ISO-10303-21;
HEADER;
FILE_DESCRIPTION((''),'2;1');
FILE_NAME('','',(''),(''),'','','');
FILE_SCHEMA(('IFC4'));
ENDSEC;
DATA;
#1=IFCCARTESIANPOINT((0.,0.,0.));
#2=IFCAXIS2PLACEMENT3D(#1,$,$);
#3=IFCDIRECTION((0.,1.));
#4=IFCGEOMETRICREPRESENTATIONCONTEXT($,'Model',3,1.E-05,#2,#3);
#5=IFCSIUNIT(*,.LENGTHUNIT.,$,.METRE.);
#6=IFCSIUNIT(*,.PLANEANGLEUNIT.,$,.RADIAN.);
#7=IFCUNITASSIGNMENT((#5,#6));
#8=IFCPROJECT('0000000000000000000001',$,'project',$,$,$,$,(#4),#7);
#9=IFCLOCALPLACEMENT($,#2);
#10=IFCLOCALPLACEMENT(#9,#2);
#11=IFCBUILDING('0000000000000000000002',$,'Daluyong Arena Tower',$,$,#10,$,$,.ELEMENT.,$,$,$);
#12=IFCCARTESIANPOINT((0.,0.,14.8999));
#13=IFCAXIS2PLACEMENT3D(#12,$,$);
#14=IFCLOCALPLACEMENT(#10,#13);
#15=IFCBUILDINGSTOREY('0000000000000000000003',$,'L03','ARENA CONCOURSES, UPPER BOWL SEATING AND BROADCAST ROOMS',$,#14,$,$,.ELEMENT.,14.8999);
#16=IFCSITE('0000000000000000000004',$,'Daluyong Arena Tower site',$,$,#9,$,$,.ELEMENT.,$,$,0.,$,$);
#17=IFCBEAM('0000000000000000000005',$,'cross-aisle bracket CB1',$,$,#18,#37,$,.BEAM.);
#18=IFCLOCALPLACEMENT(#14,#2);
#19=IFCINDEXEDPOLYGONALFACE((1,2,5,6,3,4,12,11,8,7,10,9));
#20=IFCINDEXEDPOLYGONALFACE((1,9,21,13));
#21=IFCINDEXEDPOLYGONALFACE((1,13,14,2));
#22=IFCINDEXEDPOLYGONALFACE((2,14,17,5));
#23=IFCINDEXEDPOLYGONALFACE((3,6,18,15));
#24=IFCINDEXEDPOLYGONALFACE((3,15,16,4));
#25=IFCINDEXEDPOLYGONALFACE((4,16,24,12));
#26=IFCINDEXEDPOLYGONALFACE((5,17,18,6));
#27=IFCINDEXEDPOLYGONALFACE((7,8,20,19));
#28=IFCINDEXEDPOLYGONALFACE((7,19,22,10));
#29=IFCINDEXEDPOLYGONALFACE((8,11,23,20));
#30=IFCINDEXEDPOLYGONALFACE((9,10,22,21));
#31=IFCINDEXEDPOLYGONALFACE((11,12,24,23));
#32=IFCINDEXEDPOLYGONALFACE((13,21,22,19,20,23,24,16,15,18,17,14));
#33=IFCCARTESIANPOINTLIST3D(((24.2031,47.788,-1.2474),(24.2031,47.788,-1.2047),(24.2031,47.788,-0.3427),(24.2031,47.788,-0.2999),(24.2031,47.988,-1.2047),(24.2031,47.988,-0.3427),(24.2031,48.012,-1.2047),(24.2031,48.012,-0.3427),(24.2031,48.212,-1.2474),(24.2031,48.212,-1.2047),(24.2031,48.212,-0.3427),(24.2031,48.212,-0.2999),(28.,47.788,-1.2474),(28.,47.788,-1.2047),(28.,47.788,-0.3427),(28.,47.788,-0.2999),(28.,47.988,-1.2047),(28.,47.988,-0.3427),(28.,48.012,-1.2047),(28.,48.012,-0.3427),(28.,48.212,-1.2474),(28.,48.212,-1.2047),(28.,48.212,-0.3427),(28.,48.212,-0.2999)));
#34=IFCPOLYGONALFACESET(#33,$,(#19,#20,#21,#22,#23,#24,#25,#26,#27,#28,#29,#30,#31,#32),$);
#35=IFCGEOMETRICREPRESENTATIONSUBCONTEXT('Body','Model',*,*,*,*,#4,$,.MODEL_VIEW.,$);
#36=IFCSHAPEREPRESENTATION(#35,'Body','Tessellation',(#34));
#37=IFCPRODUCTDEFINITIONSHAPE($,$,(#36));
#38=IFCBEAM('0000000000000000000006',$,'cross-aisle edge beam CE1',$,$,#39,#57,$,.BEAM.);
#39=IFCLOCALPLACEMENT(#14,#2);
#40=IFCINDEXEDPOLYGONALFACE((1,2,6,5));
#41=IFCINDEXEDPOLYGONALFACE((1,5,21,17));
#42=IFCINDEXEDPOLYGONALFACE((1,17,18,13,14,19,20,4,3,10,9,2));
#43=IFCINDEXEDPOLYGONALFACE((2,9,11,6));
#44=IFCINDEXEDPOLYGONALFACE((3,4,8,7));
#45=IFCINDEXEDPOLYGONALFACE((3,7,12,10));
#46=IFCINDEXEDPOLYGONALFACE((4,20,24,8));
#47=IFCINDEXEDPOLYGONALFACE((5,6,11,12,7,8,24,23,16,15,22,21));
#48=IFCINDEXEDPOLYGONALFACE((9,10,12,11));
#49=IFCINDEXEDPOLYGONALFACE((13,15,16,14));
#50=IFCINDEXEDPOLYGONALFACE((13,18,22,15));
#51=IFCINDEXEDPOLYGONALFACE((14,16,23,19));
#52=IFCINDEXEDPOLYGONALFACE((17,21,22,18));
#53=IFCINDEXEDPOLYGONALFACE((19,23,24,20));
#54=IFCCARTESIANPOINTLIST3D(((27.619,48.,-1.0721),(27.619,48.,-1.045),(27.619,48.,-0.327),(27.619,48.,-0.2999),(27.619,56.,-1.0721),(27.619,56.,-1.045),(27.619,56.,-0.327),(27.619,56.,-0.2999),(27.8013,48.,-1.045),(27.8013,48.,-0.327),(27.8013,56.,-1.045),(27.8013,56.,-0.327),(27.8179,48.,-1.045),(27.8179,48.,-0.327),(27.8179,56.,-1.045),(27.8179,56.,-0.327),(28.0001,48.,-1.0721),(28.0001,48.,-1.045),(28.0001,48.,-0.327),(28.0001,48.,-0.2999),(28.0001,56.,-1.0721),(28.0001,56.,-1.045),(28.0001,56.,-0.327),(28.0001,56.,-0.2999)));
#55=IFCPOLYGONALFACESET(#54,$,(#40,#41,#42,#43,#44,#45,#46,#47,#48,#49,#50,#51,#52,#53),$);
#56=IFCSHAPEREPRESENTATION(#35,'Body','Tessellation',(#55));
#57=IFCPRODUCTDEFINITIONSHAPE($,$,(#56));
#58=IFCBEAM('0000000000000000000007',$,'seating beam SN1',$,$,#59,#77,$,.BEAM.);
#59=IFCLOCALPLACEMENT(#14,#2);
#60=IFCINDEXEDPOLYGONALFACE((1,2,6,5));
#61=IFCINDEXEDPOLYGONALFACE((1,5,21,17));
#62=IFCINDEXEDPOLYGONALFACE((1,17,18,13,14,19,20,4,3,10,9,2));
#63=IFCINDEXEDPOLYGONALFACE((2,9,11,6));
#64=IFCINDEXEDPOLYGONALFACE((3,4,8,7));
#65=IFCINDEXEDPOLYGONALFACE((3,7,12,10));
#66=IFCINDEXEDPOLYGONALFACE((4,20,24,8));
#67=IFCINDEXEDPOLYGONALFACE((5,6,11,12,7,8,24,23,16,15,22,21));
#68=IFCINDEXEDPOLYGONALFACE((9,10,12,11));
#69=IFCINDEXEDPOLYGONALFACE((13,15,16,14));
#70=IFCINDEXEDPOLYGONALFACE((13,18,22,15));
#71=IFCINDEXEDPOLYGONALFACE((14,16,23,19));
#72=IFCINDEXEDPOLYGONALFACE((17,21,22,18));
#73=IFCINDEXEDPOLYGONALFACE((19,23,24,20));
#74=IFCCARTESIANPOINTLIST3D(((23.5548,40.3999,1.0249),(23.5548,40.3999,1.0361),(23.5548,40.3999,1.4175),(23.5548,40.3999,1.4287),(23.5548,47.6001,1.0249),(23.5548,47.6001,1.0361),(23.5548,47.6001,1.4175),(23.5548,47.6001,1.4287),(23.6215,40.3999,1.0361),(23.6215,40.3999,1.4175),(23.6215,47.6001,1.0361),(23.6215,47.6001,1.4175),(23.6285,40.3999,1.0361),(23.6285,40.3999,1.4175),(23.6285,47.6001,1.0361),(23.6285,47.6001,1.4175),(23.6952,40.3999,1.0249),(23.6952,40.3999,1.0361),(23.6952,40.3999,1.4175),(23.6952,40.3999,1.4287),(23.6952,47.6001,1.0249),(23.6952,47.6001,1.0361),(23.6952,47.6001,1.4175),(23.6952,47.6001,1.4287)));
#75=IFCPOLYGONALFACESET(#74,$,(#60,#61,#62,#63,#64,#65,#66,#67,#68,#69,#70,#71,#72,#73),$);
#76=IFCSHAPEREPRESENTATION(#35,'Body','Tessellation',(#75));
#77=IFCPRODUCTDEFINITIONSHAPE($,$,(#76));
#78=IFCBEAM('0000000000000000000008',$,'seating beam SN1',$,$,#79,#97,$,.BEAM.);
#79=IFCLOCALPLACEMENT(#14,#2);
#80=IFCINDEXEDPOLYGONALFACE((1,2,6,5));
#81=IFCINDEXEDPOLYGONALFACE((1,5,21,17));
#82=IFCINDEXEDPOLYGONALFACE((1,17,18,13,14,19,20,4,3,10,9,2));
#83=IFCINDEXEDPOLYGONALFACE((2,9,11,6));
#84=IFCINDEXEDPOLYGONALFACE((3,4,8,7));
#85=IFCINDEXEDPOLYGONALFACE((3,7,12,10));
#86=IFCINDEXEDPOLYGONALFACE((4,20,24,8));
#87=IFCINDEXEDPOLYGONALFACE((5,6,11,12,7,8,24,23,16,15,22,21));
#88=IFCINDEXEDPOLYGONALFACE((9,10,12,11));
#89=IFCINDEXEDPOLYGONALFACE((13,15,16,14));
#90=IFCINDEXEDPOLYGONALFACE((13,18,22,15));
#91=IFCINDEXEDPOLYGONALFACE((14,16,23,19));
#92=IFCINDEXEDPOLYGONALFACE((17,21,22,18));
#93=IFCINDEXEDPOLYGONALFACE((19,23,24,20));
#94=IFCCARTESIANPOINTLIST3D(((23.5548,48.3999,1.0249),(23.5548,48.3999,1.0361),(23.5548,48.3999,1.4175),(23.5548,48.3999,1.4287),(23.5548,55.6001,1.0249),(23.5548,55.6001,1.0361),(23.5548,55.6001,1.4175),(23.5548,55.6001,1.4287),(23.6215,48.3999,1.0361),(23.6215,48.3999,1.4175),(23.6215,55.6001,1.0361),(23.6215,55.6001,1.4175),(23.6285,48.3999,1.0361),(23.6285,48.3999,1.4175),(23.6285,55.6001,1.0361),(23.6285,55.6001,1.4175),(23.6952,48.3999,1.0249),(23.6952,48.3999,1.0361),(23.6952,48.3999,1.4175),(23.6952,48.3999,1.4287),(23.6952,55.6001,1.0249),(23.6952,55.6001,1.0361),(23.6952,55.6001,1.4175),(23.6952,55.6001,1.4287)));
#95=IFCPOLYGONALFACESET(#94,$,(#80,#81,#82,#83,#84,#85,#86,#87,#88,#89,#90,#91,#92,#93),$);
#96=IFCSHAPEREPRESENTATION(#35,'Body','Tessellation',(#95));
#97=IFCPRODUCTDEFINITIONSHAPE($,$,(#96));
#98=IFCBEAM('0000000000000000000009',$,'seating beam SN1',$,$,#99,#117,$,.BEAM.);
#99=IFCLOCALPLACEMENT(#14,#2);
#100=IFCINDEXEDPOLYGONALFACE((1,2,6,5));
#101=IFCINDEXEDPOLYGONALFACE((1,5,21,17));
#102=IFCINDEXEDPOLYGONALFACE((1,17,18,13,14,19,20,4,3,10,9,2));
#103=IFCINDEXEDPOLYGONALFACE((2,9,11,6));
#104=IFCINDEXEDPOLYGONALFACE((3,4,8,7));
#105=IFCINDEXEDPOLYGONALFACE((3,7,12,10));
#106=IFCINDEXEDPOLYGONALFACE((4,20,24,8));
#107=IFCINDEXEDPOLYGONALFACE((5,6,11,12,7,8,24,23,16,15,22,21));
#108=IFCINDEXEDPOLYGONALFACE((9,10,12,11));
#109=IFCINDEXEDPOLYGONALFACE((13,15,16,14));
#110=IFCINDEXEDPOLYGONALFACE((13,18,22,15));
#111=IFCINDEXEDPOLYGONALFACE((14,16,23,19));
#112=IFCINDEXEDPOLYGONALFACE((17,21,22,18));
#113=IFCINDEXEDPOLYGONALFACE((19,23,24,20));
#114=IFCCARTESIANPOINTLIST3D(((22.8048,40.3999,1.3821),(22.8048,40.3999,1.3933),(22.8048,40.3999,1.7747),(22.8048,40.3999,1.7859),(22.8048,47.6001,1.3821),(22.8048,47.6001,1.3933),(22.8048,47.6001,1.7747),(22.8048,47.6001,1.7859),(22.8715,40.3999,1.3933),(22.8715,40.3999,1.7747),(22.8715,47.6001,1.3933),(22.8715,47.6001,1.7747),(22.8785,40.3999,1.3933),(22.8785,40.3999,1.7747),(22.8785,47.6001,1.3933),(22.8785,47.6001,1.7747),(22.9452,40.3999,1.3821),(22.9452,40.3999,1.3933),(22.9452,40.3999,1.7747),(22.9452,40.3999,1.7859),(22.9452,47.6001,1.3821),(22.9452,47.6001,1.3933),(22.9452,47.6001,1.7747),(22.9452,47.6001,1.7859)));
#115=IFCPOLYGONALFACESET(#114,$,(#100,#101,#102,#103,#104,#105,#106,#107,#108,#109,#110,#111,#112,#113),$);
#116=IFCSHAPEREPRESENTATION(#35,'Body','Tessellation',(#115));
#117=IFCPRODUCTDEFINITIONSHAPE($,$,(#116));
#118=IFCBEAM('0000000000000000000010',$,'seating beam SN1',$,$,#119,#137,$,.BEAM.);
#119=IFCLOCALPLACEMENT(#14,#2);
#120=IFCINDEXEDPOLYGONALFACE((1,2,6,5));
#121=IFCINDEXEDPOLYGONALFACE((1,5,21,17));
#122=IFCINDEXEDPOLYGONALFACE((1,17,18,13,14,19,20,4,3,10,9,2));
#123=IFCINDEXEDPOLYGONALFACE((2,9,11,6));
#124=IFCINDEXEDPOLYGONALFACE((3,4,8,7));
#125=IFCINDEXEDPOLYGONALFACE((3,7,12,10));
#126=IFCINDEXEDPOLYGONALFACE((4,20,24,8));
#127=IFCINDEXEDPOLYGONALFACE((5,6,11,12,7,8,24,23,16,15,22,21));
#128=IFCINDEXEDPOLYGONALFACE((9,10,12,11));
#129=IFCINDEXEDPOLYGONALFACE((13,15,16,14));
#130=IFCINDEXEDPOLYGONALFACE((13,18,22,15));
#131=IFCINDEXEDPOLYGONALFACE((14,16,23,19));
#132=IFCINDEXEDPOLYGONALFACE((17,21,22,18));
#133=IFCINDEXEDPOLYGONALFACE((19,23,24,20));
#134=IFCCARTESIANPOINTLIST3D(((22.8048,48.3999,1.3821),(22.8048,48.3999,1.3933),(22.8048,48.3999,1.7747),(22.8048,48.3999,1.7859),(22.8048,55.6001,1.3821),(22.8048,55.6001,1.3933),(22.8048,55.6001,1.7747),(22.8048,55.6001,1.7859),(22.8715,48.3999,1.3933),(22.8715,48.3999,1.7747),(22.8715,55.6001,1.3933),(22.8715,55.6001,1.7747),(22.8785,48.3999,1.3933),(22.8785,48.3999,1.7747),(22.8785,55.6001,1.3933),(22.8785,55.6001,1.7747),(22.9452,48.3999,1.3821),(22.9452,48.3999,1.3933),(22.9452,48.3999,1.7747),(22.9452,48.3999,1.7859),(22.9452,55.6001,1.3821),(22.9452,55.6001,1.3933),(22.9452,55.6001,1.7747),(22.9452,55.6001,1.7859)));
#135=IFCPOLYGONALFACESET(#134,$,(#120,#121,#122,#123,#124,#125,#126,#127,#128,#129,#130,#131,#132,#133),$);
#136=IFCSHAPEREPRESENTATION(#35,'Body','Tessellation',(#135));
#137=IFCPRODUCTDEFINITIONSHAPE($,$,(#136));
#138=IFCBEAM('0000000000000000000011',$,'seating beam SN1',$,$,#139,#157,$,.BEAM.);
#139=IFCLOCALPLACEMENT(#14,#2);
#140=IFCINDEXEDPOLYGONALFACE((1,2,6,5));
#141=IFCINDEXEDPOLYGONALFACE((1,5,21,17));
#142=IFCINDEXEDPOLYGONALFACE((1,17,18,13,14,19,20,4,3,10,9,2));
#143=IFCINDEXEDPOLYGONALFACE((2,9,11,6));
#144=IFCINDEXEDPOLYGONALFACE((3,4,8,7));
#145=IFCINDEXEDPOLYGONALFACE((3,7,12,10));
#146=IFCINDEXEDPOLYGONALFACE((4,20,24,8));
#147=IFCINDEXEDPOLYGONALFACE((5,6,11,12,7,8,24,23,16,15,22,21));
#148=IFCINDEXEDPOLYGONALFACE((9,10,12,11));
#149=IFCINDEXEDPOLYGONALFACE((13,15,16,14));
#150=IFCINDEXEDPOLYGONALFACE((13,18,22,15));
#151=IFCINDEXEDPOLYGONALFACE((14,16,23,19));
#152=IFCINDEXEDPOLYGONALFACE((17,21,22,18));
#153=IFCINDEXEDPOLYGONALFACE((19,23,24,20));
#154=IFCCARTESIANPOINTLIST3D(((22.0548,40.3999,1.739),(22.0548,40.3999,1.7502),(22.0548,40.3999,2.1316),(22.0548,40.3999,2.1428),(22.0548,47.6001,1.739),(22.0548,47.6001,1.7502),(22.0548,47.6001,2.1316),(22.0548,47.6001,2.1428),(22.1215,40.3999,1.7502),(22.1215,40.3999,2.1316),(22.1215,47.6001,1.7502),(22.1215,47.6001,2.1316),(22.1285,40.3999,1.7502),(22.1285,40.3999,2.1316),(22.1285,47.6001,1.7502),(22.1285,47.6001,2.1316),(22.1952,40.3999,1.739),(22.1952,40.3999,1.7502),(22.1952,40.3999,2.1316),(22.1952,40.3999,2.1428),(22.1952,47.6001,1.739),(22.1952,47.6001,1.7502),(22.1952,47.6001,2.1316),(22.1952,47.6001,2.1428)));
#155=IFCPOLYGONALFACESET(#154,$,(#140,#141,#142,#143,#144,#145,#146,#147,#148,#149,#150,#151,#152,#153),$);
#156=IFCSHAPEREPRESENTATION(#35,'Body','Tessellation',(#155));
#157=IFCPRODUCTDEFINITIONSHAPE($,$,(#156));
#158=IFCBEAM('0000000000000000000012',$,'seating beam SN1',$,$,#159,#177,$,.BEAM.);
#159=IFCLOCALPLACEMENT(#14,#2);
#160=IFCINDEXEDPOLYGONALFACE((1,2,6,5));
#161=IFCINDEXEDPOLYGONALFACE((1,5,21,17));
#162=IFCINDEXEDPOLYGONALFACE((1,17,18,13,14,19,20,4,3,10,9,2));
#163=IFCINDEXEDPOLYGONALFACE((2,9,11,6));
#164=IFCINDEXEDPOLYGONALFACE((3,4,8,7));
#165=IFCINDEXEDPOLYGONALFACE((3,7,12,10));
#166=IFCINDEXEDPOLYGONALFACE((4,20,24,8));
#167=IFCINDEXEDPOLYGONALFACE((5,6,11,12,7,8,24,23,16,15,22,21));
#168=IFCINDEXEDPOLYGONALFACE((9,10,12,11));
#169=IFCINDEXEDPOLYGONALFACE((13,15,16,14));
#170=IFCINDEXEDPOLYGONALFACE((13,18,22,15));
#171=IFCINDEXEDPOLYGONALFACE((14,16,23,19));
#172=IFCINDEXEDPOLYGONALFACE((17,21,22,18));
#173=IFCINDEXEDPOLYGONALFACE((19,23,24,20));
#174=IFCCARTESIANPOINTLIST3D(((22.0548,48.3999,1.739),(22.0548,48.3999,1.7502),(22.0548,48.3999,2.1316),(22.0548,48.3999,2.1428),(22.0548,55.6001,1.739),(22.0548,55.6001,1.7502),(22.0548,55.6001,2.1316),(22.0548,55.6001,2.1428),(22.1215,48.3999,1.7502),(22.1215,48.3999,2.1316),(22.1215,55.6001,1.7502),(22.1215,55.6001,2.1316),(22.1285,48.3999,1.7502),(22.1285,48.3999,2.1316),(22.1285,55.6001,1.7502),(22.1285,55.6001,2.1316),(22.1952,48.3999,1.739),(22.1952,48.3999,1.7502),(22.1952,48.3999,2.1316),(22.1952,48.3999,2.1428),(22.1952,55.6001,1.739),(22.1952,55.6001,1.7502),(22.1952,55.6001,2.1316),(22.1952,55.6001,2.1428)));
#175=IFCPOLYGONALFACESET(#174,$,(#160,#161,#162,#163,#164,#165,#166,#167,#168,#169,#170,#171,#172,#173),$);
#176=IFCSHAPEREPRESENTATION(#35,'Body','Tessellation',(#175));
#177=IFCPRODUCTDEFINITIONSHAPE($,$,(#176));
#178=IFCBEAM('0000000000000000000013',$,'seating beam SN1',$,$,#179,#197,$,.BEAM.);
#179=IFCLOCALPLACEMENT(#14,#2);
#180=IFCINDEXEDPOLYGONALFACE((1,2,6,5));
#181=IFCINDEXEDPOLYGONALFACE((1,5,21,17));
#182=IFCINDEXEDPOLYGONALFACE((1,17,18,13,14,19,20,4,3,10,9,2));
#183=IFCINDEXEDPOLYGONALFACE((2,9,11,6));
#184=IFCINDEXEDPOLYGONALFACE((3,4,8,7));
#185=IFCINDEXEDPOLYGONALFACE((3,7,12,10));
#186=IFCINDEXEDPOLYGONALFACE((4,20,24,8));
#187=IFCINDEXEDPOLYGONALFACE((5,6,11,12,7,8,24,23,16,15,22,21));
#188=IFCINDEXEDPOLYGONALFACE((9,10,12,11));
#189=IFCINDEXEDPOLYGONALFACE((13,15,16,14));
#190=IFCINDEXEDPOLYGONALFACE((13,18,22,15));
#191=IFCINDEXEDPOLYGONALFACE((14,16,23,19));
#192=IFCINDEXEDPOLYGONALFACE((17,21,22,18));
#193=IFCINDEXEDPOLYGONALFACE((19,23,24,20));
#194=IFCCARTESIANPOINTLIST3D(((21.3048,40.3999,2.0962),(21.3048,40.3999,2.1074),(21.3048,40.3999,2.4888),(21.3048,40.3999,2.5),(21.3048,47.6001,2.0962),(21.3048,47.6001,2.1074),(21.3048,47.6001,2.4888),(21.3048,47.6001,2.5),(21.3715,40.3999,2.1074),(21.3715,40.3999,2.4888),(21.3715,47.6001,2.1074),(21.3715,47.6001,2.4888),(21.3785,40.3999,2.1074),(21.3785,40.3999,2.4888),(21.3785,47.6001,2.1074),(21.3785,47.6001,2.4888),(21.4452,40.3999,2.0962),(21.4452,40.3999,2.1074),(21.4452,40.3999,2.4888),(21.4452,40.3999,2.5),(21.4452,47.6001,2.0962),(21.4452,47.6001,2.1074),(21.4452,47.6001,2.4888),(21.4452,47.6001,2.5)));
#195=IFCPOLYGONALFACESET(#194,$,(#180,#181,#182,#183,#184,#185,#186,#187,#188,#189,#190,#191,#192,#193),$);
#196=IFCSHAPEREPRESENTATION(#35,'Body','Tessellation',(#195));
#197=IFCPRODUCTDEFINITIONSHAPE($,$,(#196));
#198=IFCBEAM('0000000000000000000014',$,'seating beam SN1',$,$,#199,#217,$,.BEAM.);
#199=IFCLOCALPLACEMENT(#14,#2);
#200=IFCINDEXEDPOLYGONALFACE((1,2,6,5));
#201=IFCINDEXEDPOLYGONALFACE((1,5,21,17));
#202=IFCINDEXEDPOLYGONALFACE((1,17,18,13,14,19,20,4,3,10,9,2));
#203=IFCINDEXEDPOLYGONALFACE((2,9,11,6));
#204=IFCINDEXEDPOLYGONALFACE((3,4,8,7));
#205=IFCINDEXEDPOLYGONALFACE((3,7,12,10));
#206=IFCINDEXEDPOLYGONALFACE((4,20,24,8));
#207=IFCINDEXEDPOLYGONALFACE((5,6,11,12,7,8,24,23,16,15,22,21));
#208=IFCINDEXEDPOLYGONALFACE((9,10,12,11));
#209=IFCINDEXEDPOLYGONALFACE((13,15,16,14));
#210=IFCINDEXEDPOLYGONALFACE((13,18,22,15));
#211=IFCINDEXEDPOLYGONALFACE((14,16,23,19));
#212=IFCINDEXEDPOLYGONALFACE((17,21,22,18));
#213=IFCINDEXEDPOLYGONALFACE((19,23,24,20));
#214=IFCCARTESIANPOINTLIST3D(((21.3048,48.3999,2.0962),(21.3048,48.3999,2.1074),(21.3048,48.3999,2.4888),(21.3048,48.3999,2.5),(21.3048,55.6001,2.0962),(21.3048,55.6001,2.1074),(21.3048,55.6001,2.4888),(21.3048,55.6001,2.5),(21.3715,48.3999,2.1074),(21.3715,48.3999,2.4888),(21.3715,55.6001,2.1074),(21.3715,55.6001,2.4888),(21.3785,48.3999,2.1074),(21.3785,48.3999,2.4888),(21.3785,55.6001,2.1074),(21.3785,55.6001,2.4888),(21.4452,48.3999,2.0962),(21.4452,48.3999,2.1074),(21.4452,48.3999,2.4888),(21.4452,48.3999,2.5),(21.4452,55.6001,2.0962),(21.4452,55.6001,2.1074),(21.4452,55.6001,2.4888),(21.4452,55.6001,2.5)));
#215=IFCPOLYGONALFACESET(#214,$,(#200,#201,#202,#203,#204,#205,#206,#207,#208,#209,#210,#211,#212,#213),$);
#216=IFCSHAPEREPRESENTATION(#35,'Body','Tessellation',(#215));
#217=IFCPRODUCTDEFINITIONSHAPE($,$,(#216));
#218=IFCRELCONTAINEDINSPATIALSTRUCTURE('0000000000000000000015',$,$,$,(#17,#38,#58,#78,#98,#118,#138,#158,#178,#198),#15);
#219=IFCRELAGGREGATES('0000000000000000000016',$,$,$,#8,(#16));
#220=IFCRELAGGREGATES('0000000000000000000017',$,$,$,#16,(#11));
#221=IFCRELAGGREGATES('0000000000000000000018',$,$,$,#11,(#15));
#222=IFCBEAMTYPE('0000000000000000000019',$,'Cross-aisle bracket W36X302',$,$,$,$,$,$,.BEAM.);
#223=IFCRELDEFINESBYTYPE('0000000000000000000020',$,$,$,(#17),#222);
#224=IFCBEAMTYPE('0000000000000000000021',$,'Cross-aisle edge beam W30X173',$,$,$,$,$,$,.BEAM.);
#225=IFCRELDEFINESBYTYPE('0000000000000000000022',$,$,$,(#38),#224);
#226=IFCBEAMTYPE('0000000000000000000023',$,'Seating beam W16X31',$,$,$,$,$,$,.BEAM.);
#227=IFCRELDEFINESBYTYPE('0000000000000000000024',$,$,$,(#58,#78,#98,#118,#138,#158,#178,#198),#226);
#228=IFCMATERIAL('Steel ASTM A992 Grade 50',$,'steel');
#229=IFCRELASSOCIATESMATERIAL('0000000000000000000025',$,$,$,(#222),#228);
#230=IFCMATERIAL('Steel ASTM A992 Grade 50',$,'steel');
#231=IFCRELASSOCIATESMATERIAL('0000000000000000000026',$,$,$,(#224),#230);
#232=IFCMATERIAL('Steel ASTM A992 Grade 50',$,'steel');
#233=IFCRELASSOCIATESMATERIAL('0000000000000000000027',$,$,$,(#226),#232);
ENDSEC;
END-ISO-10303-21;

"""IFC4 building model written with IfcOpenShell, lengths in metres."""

from ifc_helpers import new_model, si_unit, direction, frame, origin, origin_2d, place, context, subcontext, project, spatial, i_section, extrude, material, material_profile, profile_set, type_object, element, save


model = new_model("IFC4")

# Units and contexts
model_context = context("Model", 3, precision=1e-05, world=origin(), true_north=direction((0.0, 1.0)))
body_context = subcontext(model_context, "Body", "Model", "MODEL_VIEW")
ifc_project = project(units=[si_unit("LENGTHUNIT", "METRE"), si_unit("PLANEANGLEUNIT", "RADIAN")], contexts=[model_context])

# Site, building, storey
site_placement = place(None, origin())
site = spatial("IfcSite", under=ifc_project, at=site_placement, Name="Daluyong Arena Tower site", CompositionType="ELEMENT", RefElevation=0.0)
building_placement = place(site_placement, origin())
building = spatial("IfcBuilding", under=site, at=building_placement, Name="Daluyong Arena Tower", CompositionType="ELEMENT")
storey_placement = place(building_placement, frame((0.0, 0.0, 14.8999)))
storey = spatial("IfcBuildingStorey", under=building, at=storey_placement, Name="L03", Description="ARENA CONCOURSES, UPPER BOWL SEATING AND BROADCAST ROOMS", CompositionType="ELEMENT", Elevation=14.8999)

# Beams
ifc_material_1 = material(Name="Steel ASTM A992 Grade 50", Category="steel")
ifc_material_profile_1 = material_profile(ifc_material_1, i_section(OverallWidth=0.4241, OverallDepth=0.9475, WebThickness=0.0239, FlangeThickness=0.0427, at=origin_2d()))
ifc_profile_set_1 = profile_set([ifc_material_profile_1], Name="Steel ASTM A992 Grade 50")
beam_type_1 = type_object("IfcBeamType", Name="Cross-aisle bracket W36X302", PredefinedType="BEAM", material=ifc_profile_set_1)
beam_1_placement = place(storey_placement, frame((24.2031, 48.0, -0.7737), z_axis=(1.0, 0.0, 0.0), x_axis=(0.0, 1.0, 0.0)))
element("IfcBeam", 1, at=beam_1_placement, inside=storey, type_object=beam_type_1, Name="cross-aisle bracket CB1", PredefinedType="BEAM", context=body_context, shape_type="SweptSolid", body=[
    extrude(i_section(OverallWidth=0.4241, OverallDepth=0.9475, WebThickness=0.0239, FlangeThickness=0.0427, at=origin_2d()), origin(), (0.0, 0.0, 1.0), 3.7969),
])
ifc_material_2 = material(Name="Steel ASTM A992 Grade 50", Category="steel")
ifc_material_profile_2 = material_profile(ifc_material_2, i_section(OverallWidth=0.3811, OverallDepth=0.7722, WebThickness=0.0166, FlangeThickness=0.0271, at=origin_2d()))
ifc_profile_set_2 = profile_set([ifc_material_profile_2], Name="Steel ASTM A992 Grade 50")
beam_type_2 = type_object("IfcBeamType", Name="Cross-aisle edge beam W30X173", PredefinedType="BEAM", material=ifc_profile_set_2)
beam_2_placement = place(storey_placement, frame((27.8096, 48.0, -0.686), z_axis=(0.0, 1.0, 0.0), x_axis=(-1.0, 0.0, 0.0)))
element("IfcBeam", 2, at=beam_2_placement, inside=storey, type_object=beam_type_2, Name="cross-aisle edge beam CE1", PredefinedType="BEAM", context=body_context, shape_type="SweptSolid", body=[
    extrude(i_section(OverallWidth=0.3811, OverallDepth=0.7722, WebThickness=0.0166, FlangeThickness=0.0271, at=origin_2d()), origin(), (0.0, 0.0, 1.0), 8.0),
])
ifc_material_3 = material(Name="Steel ASTM A992 Grade 50", Category="steel")
ifc_material_profile_3 = material_profile(ifc_material_3, i_section(OverallWidth=0.1404, OverallDepth=0.4038, WebThickness=0.0071, FlangeThickness=0.0112, at=origin_2d()))
ifc_profile_set_3 = profile_set([ifc_material_profile_3], Name="Steel ASTM A992 Grade 50")
beam_type_3 = type_object("IfcBeamType", Name="Seating beam W16X31", PredefinedType="BEAM", material=ifc_profile_set_3)
for number, where, z_axis, x_axis, name in (
    (3, (23.625, 40.3999, 1.2268), (0.0, 1.0, 0.0), (-1.0, 0.0, 0.0), "seating beam SN1"),
    (4, (23.625, 48.3999, 1.2268), (0.0, 1.0, 0.0), (-1.0, 0.0, 0.0), "seating beam SN1"),
    (5, (22.875, 40.3999, 1.584), (0.0, 1.0, 0.0), (-1.0, 0.0, 0.0), "seating beam SN1"),
    (6, (22.875, 48.3999, 1.584), (0.0, 1.0, 0.0), (-1.0, 0.0, 0.0), "seating beam SN1"),
    (7, (22.125, 40.3999, 1.9409), (0.0, 1.0, 0.0), (-1.0, 0.0, 0.0), "seating beam SN1"),
    (8, (22.125, 48.3999, 1.9409), (0.0, 1.0, 0.0), (-1.0, 0.0, 0.0), "seating beam SN1"),
    (9, (21.375, 40.3999, 2.2981), (0.0, 1.0, 0.0), (-1.0, 0.0, 0.0), "seating beam SN1"),
    (10, (21.375, 48.3999, 2.2981), (0.0, 1.0, 0.0), (-1.0, 0.0, 0.0), "seating beam SN1"),
):
    element("IfcBeam", number, at=place(storey_placement, frame(where, z_axis=z_axis, x_axis=x_axis)), inside=storey, type_object=beam_type_3, Name=name, PredefinedType="BEAM", context=body_context, shape_type="SweptSolid", body=[
        extrude(i_section(OverallWidth=0.1404, OverallDepth=0.4038, WebThickness=0.0071, FlangeThickness=0.0112, at=origin_2d()), origin(), (0.0, 0.0, 1.0), 7.2002),
    ])

save(model, "model.ifc")
